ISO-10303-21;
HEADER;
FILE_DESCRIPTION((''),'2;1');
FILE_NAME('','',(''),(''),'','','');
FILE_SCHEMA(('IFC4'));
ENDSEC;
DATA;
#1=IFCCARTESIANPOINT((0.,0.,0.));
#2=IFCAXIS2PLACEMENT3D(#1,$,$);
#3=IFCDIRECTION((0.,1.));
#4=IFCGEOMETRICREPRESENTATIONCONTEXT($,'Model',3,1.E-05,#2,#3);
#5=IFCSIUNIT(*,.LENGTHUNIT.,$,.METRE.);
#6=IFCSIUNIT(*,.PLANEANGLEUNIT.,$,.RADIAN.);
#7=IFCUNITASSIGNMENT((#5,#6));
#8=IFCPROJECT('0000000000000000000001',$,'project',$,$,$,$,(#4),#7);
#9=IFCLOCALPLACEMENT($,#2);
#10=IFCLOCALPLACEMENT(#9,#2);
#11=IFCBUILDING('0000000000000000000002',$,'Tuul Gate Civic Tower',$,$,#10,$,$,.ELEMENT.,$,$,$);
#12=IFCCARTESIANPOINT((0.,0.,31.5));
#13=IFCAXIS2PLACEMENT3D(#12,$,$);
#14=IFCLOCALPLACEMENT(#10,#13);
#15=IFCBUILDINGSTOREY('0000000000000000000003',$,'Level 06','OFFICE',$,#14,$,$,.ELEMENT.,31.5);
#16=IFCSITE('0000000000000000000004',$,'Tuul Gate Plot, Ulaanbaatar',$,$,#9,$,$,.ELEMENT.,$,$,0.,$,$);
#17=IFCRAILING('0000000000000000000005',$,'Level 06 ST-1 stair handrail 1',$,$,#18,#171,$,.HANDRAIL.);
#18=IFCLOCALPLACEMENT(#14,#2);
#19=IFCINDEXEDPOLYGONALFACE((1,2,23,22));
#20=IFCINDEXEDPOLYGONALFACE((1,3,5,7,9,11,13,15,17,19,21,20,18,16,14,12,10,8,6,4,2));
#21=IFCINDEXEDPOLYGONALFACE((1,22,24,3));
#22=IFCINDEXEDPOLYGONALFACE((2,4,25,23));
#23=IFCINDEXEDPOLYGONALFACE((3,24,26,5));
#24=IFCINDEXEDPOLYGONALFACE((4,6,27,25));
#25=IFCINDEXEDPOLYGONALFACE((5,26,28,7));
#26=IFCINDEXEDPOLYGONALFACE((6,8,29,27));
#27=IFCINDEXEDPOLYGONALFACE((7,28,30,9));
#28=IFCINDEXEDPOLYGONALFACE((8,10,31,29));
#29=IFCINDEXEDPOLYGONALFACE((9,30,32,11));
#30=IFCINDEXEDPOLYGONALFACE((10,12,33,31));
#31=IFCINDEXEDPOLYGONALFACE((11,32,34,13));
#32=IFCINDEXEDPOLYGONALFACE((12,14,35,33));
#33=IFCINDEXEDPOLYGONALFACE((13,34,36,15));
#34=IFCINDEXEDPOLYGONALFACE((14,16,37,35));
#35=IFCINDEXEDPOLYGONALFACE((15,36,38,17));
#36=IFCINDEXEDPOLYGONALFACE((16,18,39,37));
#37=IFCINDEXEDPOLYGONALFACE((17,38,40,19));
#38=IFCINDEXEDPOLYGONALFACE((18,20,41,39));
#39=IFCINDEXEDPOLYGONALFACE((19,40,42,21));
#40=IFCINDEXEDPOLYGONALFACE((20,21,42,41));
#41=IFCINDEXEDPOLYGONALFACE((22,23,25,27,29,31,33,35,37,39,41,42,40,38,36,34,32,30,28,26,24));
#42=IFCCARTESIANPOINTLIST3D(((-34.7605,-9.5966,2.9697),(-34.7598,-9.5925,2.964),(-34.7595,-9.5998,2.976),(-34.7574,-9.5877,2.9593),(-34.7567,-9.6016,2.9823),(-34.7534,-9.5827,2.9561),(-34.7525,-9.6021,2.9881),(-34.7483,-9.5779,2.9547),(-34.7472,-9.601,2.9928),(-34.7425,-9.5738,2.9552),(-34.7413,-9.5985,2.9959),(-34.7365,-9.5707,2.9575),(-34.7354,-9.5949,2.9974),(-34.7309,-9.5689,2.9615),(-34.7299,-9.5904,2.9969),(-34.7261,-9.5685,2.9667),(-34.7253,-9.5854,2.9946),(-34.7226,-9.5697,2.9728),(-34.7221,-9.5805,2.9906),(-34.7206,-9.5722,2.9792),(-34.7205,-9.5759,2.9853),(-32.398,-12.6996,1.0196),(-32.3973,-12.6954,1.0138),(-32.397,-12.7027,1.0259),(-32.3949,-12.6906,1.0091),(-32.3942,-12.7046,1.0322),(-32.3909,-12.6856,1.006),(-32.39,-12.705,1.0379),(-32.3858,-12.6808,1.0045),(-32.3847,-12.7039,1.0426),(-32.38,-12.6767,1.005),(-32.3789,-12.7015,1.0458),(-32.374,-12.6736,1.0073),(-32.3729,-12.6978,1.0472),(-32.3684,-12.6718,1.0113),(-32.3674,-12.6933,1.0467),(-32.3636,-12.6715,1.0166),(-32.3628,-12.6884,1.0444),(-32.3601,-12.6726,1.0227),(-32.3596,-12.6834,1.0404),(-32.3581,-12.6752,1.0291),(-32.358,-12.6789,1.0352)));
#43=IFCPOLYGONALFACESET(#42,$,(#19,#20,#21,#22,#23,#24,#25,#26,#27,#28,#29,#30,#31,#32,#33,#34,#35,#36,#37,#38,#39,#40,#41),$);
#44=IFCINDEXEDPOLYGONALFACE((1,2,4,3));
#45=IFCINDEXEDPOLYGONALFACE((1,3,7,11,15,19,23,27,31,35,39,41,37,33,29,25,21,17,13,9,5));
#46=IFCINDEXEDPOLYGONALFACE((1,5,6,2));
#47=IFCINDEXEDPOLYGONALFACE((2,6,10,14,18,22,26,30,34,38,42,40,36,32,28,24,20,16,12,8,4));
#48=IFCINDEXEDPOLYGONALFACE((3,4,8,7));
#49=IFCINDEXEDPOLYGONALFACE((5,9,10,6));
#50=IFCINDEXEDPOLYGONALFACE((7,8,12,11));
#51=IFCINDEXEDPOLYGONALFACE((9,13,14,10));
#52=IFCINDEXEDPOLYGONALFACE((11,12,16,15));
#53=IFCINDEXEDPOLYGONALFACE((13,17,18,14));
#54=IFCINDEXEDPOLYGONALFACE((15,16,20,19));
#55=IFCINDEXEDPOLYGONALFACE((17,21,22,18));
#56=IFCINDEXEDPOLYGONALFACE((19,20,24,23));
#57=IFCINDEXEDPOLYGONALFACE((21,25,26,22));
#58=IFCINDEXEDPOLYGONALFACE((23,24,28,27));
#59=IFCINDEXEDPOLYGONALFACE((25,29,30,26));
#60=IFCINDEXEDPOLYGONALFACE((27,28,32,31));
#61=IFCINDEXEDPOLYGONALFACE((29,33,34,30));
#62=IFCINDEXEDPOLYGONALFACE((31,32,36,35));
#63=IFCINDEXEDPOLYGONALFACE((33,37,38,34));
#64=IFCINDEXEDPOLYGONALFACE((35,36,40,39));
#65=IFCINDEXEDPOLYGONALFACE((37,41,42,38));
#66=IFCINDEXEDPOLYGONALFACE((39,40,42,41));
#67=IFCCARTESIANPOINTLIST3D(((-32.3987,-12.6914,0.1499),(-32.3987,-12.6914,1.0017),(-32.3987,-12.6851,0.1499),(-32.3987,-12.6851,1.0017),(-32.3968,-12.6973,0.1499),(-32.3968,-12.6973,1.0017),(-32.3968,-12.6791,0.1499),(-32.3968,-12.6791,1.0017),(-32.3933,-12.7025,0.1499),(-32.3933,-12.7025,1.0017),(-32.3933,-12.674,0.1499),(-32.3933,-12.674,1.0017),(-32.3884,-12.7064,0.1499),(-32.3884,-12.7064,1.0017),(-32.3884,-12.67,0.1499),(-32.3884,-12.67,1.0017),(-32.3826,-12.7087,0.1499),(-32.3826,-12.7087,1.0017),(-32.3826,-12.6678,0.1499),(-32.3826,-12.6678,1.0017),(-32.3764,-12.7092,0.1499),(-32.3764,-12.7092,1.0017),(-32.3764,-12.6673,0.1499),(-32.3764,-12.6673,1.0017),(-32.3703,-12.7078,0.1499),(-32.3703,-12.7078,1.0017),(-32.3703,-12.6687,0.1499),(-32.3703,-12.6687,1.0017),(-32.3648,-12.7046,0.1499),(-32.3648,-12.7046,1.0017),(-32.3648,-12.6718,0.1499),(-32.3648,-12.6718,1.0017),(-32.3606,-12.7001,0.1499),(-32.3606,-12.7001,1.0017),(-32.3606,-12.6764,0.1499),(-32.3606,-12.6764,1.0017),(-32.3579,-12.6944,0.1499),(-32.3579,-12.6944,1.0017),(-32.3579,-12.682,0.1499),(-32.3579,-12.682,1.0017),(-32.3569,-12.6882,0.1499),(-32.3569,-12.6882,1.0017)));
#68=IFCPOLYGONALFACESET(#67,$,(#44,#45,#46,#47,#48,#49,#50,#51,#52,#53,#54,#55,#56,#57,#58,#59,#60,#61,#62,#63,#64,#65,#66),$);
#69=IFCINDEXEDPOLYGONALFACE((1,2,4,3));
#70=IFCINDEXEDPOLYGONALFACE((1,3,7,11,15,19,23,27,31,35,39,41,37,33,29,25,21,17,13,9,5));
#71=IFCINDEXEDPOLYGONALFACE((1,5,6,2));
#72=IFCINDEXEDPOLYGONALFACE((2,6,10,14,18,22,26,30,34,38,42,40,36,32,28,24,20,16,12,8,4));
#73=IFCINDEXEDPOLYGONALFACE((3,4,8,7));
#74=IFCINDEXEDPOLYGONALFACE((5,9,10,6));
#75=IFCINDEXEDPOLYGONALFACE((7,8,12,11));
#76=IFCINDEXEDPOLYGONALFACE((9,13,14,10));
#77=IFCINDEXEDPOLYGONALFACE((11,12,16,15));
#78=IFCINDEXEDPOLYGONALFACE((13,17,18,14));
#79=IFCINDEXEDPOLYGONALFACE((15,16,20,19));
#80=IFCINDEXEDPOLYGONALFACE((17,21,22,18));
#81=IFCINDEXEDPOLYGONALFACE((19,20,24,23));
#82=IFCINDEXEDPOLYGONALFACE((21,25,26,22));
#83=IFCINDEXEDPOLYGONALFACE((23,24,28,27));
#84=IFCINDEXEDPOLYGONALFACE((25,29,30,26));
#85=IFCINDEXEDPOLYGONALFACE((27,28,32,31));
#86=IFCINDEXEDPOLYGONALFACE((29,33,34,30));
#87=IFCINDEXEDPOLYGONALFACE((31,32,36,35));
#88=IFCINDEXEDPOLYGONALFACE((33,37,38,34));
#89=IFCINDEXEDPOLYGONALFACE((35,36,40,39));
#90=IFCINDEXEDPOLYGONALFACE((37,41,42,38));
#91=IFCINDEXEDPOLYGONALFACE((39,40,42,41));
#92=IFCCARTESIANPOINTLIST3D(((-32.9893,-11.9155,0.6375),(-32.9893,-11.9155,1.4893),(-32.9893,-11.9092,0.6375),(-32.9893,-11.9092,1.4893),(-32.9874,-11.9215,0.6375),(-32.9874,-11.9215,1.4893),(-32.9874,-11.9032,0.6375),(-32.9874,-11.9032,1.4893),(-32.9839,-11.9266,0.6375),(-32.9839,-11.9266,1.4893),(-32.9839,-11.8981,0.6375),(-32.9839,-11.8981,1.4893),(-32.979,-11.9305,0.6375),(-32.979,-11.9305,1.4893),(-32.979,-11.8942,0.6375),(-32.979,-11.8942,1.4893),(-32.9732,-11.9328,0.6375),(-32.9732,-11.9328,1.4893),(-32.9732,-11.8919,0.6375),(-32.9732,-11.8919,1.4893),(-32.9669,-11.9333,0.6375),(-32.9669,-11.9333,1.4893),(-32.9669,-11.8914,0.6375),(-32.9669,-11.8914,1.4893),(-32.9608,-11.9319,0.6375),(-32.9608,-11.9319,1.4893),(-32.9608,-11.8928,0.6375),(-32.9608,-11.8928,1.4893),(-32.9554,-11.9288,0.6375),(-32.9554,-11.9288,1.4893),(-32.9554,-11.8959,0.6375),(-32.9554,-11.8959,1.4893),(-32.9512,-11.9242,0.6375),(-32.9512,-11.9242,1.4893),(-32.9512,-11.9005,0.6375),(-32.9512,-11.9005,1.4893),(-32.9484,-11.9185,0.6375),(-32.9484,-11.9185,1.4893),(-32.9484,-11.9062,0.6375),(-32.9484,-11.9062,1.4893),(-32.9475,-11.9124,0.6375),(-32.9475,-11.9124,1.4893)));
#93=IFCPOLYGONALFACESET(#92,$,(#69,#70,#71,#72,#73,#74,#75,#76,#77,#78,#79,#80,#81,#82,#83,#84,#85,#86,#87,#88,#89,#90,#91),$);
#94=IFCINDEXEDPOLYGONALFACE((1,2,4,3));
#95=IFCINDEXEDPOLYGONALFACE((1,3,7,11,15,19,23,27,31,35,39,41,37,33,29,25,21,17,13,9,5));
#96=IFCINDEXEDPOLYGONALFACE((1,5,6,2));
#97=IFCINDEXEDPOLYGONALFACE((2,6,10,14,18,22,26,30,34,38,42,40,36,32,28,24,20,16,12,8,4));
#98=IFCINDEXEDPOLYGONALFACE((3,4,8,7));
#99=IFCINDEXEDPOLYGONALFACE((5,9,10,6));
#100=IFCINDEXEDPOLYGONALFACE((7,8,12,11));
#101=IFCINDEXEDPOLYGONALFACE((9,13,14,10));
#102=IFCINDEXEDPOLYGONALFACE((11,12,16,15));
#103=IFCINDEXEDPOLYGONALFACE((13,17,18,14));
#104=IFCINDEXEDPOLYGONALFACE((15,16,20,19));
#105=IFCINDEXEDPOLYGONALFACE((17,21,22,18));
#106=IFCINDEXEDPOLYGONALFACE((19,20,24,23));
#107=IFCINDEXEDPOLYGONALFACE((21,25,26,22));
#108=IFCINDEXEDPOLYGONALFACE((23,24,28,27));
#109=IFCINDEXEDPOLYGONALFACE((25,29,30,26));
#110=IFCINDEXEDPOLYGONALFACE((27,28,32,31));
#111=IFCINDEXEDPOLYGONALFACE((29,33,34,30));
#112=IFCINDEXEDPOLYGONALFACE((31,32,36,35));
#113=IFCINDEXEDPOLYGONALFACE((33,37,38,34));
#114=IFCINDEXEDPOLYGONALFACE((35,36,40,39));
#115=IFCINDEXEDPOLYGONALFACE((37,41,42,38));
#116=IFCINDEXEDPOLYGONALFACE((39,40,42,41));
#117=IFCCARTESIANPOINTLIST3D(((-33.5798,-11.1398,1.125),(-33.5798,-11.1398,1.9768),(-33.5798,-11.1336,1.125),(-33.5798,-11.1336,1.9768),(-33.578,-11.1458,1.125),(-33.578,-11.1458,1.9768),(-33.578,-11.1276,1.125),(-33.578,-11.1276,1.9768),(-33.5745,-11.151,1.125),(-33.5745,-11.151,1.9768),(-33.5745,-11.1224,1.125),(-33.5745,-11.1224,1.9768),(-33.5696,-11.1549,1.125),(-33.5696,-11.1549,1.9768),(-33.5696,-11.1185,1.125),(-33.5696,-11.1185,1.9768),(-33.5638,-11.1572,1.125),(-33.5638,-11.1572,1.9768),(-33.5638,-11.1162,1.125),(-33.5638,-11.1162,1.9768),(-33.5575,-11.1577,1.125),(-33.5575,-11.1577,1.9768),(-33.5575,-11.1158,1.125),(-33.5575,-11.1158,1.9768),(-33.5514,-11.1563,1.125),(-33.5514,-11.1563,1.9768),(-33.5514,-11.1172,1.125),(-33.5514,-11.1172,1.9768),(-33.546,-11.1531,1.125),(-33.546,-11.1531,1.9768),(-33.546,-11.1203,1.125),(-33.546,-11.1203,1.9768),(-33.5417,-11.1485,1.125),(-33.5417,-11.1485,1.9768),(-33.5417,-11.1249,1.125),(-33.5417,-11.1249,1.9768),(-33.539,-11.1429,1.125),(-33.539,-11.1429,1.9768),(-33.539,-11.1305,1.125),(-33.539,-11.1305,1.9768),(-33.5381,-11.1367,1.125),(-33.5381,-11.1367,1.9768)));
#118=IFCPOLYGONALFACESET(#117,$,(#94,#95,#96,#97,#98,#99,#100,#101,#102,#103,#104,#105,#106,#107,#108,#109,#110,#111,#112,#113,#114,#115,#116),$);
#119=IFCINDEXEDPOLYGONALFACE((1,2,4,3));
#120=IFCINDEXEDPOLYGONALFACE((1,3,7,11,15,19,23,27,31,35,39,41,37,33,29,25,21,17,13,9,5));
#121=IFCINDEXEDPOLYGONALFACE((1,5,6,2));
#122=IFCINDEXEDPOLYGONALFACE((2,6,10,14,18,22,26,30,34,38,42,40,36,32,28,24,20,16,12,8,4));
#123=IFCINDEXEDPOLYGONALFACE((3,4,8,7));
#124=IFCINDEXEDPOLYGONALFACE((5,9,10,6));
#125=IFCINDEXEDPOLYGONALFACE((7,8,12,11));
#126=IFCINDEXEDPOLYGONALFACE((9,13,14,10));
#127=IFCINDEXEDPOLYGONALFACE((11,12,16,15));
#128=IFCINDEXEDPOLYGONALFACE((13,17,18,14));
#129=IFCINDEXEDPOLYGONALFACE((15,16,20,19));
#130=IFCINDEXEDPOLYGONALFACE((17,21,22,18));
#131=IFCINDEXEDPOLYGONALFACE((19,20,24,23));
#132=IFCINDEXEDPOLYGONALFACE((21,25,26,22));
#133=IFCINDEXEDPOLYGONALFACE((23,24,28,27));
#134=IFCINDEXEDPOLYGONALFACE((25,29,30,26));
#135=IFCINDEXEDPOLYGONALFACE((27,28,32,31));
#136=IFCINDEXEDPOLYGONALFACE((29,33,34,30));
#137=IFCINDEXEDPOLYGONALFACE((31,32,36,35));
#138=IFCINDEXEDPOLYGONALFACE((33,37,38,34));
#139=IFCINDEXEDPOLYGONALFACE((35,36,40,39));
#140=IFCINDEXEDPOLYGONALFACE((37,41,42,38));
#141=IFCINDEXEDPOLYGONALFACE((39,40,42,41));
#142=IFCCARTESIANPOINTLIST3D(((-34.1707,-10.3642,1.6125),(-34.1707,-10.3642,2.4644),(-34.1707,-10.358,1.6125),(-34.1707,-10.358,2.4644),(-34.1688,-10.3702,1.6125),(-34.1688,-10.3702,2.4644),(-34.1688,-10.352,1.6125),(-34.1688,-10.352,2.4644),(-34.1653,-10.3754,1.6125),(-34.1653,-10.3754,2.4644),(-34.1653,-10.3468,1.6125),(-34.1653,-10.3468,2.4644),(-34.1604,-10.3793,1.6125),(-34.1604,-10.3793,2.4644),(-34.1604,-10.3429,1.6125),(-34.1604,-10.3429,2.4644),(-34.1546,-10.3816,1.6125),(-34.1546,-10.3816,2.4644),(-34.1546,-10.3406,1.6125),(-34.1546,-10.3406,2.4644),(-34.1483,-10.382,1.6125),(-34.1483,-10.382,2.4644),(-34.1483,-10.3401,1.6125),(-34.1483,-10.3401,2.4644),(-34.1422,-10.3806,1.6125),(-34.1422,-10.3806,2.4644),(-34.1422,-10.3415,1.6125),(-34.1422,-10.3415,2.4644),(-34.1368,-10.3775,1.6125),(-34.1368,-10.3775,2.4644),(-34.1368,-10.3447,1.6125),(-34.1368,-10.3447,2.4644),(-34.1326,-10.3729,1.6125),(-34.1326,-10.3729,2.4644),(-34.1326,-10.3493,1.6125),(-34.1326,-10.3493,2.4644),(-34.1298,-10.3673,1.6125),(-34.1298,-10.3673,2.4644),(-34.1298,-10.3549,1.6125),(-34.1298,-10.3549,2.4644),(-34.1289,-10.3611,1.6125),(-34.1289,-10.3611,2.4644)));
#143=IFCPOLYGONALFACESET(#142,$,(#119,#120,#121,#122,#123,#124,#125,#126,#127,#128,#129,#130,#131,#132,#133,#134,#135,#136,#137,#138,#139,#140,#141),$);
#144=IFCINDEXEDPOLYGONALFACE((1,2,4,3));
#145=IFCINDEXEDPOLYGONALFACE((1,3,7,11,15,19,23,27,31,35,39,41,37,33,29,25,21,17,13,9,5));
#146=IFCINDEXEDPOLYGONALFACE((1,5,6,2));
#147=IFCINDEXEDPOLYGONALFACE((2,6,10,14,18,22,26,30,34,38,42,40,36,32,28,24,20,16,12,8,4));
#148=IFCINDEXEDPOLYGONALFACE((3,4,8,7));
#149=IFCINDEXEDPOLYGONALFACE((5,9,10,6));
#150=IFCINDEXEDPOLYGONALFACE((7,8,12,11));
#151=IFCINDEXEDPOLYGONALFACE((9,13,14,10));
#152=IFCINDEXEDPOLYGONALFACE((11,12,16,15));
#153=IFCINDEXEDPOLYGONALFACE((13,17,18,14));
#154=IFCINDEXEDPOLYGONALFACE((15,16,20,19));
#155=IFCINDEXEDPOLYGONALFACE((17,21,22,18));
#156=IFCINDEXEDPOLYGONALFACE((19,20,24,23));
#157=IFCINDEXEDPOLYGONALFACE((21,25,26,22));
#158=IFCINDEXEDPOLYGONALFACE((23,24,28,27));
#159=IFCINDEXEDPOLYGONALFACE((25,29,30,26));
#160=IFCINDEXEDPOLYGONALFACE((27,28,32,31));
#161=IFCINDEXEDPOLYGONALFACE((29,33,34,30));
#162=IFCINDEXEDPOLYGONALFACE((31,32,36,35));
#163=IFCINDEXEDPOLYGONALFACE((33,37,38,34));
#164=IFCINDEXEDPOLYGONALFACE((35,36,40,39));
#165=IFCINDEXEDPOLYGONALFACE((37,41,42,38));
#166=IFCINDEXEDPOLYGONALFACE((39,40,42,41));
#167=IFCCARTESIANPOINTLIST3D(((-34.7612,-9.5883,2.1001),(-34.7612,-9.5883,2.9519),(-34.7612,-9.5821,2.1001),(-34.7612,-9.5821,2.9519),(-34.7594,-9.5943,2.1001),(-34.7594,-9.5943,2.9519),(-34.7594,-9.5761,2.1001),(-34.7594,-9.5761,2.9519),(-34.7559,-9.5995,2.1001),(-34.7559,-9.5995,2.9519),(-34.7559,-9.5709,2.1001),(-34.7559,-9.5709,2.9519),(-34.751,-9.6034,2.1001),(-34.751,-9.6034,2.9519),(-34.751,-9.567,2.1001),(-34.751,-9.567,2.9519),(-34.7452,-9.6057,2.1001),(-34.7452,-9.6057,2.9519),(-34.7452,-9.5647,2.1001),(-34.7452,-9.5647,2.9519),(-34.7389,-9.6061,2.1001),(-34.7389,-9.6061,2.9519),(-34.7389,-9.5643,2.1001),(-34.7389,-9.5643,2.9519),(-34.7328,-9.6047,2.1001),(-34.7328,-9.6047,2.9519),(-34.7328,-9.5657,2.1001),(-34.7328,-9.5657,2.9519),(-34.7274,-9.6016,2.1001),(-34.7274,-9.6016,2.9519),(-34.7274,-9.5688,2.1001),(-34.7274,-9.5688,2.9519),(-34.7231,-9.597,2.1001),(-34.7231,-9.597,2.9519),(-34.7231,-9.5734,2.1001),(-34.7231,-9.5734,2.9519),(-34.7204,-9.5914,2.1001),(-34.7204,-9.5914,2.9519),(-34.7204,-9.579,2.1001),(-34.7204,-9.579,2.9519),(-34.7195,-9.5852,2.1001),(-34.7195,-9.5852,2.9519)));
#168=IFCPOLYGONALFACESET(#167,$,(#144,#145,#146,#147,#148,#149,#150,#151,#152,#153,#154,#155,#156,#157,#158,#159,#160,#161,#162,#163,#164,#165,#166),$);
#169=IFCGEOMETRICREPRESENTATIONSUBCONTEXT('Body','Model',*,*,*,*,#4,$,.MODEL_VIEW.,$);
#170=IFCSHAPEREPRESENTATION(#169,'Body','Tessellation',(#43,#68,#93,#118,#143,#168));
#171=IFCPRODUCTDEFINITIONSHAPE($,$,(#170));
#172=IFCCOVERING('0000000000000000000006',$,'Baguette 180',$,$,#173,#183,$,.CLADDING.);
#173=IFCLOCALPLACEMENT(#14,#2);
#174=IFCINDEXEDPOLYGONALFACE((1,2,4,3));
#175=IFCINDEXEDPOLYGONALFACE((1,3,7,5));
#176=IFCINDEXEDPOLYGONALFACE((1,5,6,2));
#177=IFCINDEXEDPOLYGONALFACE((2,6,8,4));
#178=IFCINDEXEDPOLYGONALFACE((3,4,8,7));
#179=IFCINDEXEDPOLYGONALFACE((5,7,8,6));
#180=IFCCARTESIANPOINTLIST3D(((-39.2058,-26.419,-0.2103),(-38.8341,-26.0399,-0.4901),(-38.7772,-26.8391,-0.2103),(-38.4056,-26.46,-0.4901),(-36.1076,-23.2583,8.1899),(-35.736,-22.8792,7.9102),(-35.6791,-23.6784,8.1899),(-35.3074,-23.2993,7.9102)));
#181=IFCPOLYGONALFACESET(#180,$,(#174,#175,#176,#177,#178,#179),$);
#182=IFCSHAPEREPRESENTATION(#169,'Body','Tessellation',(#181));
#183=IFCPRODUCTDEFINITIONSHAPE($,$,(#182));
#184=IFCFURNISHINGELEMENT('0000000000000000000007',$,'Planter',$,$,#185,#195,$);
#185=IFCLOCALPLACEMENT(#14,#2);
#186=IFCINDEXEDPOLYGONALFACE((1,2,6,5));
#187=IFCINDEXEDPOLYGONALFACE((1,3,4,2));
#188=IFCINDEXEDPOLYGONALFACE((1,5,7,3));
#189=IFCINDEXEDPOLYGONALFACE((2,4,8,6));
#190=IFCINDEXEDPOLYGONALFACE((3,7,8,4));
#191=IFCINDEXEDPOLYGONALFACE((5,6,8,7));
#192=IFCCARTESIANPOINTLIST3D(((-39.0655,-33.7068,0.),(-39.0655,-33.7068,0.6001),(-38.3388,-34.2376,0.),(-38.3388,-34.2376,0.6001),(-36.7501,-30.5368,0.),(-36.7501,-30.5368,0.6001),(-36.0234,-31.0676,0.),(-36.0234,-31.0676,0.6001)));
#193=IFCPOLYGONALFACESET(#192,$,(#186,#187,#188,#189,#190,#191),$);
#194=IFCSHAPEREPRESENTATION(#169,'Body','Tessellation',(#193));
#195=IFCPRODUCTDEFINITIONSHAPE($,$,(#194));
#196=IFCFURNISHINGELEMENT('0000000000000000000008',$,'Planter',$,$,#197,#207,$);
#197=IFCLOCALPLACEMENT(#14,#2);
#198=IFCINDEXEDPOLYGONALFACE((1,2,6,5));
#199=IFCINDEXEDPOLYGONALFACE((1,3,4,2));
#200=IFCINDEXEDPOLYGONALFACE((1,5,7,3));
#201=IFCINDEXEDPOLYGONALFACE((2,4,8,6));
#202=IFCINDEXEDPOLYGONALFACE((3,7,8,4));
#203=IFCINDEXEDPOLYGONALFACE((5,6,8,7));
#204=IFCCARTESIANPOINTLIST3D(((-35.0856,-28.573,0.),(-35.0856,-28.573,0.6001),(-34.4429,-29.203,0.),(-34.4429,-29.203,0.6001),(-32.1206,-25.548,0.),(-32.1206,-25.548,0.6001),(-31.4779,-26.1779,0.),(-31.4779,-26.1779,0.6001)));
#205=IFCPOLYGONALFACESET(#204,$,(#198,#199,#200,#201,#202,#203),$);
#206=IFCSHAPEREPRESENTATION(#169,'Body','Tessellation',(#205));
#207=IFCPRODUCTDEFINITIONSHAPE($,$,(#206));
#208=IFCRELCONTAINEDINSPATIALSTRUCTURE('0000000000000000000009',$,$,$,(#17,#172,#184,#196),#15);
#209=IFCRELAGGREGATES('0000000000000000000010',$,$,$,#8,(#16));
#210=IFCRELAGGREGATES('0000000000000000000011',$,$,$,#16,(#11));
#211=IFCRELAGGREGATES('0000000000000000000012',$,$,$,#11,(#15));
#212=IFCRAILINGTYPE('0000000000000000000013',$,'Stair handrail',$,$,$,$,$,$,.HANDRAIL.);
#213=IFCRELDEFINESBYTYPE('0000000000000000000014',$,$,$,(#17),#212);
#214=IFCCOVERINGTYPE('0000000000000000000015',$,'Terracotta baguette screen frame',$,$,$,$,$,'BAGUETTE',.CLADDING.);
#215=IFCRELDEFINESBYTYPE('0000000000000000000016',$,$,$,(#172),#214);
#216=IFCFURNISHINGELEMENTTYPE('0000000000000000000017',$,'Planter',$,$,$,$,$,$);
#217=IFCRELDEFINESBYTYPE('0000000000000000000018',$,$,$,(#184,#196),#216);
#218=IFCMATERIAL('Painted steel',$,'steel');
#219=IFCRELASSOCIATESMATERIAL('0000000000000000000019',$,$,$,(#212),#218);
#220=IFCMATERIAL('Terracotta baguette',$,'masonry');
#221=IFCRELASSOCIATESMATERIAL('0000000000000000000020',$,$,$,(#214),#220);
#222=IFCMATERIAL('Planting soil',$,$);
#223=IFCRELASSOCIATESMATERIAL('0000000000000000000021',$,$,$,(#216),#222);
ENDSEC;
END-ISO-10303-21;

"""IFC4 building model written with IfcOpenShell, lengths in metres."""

from ifc_helpers import new_model, si_unit, direction, frame, origin, origin_2d, place, context, subcontext, project, spatial, rectangle, circle, extrude, material, material_profile, profile_set, type_object, element, save


model = new_model("IFC4")

# Units and contexts
model_context = context("Model", 3, precision=1e-05, world=origin(), true_north=direction((0.0, 1.0)))
body_context = subcontext(model_context, "Body", "Model", "MODEL_VIEW")
ifc_project = project(units=[si_unit("LENGTHUNIT", "METRE"), si_unit("PLANEANGLEUNIT", "RADIAN")], contexts=[model_context])

# Site, building, storey
site_placement = place(None, origin())
site = spatial("IfcSite", under=ifc_project, at=site_placement, Name="Tuul Gate Plot, Ulaanbaatar", CompositionType="ELEMENT", RefElevation=0.0)
building_placement = place(site_placement, origin())
building = spatial("IfcBuilding", under=site, at=building_placement, Name="Tuul Gate Civic Tower", CompositionType="ELEMENT")
storey_placement = place(building_placement, frame((0.0, 0.0, 31.5)))
storey = spatial("IfcBuildingStorey", under=building, at=storey_placement, Name="Level 06", Description="OFFICE", CompositionType="ELEMENT", Elevation=31.5)

# Railing
ifc_material_1 = material(Name="Painted steel", Category="steel")
railing_type_1 = type_object("IfcRailingType", Name="Stair handrail", PredefinedType="HANDRAIL", material=ifc_material_1)
railing_1_placement = place(storey_placement, frame((-32.3779, -12.6882, 0.1499)))
element("IfcRailing", 1, at=railing_1_placement, inside=storey, type_object=railing_type_1, Name="Level 06 ST-1 stair handrail 1", PredefinedType="HANDRAIL", context=body_context, shape_type="SweptSolid", body=[
    extrude(circle(Radius=0.0239, at=origin_2d()), frame((0.0, 0.0, 0.876), z_axis=(-0.541811, 0.711627, 0.447245), x_axis=(-0.795637, -0.605773, 0.0)), (0.0, 0.0, 1.0), 4.3604),
    extrude(circle(Radius=0.021, at=origin_2d()), origin(), (0.0, 0.0, 1.0), 0.8518),
    extrude(circle(Radius=0.021, at=origin_2d()), frame((-0.5906, 0.7759, 0.4875)), (0.0, 0.0, 1.0), 0.8518),
    extrude(circle(Radius=0.021, at=origin_2d()), frame((-1.1812, 1.5515, 0.9751)), (0.0, 0.0, 1.0), 0.8518),
    extrude(circle(Radius=0.021, at=origin_2d()), frame((-1.772, 2.3271, 1.4626)), (0.0, 0.0, 1.0), 0.8518),
    extrude(circle(Radius=0.021, at=origin_2d()), frame((-2.3625, 3.103, 1.9502)), (0.0, 0.0, 1.0), 0.8518),
])

# Covering
ifc_material_2 = material(Name="Terracotta baguette", Category="masonry")
ifc_material_profile_1 = material_profile(ifc_material_2, rectangle(XDim=0.6001, YDim=0.6001, at=origin_2d()), Name="Terracotta baguette screen frame")
ifc_profile_set_1 = profile_set([ifc_material_profile_1], Name="Terracotta baguette")
covering_type = type_object("IfcCoveringType", Name="Terracotta baguette screen frame", ElementType="BAGUETTE", PredefinedType="CLADDING", material=ifc_profile_set_1)
covering_placement = place(storey_placement, frame((-35.7075, -23.2788, 8.05), z_axis=(-0.3263, -0.332883, -0.884713), x_axis=(0.714132, -0.700011, 0.0)))
element("IfcCovering", 2, at=covering_placement, inside=storey, type_object=covering_type, Name="Baguette 180", PredefinedType="CLADDING", context=body_context, shape_type="SweptSolid", body=[
    extrude(rectangle(XDim=0.6001, YDim=0.6001, at=origin_2d()), origin(), (0.0, 0.0, 1.0), 9.4949),
])

# Furnishing elements
ifc_material_3 = material(Name="Planting soil")
furnishing_element_type = type_object("IfcFurnishingElementType", Name="Planter", material=ifc_material_3)
furnishing_1_placement = place(storey_placement, frame((-37.5444, -32.3872, 0.0), z_axis=(0.0, 0.0, 1.0), x_axis=(0.589834, 0.807524, 0.0)))
element("IfcFurnishingElement", 3, at=furnishing_1_placement, inside=storey, type_object=furnishing_element_type, Name="Planter", context=body_context, shape_type="SweptSolid", body=[
    extrude(rectangle(XDim=3.9255, YDim=0.8999, at=origin_2d()), origin(), (0.0, 0.0, 1.0), 0.6001),
])
furnishing_2_placement = place(storey_placement, frame((-33.2817, -27.3755, 0.0), z_axis=(0.0, 0.0, 1.0), x_axis=(0.699989, 0.714154, 0.0)))
element("IfcFurnishingElement", 4, at=furnishing_2_placement, inside=storey, type_object=furnishing_element_type, Name="Planter", context=body_context, shape_type="SweptSolid", body=[
    extrude(rectangle(XDim=4.2358, YDim=0.8999, at=origin_2d()), origin(), (0.0, 0.0, 1.0), 0.6001),
])

save(model, "model.ifc")
